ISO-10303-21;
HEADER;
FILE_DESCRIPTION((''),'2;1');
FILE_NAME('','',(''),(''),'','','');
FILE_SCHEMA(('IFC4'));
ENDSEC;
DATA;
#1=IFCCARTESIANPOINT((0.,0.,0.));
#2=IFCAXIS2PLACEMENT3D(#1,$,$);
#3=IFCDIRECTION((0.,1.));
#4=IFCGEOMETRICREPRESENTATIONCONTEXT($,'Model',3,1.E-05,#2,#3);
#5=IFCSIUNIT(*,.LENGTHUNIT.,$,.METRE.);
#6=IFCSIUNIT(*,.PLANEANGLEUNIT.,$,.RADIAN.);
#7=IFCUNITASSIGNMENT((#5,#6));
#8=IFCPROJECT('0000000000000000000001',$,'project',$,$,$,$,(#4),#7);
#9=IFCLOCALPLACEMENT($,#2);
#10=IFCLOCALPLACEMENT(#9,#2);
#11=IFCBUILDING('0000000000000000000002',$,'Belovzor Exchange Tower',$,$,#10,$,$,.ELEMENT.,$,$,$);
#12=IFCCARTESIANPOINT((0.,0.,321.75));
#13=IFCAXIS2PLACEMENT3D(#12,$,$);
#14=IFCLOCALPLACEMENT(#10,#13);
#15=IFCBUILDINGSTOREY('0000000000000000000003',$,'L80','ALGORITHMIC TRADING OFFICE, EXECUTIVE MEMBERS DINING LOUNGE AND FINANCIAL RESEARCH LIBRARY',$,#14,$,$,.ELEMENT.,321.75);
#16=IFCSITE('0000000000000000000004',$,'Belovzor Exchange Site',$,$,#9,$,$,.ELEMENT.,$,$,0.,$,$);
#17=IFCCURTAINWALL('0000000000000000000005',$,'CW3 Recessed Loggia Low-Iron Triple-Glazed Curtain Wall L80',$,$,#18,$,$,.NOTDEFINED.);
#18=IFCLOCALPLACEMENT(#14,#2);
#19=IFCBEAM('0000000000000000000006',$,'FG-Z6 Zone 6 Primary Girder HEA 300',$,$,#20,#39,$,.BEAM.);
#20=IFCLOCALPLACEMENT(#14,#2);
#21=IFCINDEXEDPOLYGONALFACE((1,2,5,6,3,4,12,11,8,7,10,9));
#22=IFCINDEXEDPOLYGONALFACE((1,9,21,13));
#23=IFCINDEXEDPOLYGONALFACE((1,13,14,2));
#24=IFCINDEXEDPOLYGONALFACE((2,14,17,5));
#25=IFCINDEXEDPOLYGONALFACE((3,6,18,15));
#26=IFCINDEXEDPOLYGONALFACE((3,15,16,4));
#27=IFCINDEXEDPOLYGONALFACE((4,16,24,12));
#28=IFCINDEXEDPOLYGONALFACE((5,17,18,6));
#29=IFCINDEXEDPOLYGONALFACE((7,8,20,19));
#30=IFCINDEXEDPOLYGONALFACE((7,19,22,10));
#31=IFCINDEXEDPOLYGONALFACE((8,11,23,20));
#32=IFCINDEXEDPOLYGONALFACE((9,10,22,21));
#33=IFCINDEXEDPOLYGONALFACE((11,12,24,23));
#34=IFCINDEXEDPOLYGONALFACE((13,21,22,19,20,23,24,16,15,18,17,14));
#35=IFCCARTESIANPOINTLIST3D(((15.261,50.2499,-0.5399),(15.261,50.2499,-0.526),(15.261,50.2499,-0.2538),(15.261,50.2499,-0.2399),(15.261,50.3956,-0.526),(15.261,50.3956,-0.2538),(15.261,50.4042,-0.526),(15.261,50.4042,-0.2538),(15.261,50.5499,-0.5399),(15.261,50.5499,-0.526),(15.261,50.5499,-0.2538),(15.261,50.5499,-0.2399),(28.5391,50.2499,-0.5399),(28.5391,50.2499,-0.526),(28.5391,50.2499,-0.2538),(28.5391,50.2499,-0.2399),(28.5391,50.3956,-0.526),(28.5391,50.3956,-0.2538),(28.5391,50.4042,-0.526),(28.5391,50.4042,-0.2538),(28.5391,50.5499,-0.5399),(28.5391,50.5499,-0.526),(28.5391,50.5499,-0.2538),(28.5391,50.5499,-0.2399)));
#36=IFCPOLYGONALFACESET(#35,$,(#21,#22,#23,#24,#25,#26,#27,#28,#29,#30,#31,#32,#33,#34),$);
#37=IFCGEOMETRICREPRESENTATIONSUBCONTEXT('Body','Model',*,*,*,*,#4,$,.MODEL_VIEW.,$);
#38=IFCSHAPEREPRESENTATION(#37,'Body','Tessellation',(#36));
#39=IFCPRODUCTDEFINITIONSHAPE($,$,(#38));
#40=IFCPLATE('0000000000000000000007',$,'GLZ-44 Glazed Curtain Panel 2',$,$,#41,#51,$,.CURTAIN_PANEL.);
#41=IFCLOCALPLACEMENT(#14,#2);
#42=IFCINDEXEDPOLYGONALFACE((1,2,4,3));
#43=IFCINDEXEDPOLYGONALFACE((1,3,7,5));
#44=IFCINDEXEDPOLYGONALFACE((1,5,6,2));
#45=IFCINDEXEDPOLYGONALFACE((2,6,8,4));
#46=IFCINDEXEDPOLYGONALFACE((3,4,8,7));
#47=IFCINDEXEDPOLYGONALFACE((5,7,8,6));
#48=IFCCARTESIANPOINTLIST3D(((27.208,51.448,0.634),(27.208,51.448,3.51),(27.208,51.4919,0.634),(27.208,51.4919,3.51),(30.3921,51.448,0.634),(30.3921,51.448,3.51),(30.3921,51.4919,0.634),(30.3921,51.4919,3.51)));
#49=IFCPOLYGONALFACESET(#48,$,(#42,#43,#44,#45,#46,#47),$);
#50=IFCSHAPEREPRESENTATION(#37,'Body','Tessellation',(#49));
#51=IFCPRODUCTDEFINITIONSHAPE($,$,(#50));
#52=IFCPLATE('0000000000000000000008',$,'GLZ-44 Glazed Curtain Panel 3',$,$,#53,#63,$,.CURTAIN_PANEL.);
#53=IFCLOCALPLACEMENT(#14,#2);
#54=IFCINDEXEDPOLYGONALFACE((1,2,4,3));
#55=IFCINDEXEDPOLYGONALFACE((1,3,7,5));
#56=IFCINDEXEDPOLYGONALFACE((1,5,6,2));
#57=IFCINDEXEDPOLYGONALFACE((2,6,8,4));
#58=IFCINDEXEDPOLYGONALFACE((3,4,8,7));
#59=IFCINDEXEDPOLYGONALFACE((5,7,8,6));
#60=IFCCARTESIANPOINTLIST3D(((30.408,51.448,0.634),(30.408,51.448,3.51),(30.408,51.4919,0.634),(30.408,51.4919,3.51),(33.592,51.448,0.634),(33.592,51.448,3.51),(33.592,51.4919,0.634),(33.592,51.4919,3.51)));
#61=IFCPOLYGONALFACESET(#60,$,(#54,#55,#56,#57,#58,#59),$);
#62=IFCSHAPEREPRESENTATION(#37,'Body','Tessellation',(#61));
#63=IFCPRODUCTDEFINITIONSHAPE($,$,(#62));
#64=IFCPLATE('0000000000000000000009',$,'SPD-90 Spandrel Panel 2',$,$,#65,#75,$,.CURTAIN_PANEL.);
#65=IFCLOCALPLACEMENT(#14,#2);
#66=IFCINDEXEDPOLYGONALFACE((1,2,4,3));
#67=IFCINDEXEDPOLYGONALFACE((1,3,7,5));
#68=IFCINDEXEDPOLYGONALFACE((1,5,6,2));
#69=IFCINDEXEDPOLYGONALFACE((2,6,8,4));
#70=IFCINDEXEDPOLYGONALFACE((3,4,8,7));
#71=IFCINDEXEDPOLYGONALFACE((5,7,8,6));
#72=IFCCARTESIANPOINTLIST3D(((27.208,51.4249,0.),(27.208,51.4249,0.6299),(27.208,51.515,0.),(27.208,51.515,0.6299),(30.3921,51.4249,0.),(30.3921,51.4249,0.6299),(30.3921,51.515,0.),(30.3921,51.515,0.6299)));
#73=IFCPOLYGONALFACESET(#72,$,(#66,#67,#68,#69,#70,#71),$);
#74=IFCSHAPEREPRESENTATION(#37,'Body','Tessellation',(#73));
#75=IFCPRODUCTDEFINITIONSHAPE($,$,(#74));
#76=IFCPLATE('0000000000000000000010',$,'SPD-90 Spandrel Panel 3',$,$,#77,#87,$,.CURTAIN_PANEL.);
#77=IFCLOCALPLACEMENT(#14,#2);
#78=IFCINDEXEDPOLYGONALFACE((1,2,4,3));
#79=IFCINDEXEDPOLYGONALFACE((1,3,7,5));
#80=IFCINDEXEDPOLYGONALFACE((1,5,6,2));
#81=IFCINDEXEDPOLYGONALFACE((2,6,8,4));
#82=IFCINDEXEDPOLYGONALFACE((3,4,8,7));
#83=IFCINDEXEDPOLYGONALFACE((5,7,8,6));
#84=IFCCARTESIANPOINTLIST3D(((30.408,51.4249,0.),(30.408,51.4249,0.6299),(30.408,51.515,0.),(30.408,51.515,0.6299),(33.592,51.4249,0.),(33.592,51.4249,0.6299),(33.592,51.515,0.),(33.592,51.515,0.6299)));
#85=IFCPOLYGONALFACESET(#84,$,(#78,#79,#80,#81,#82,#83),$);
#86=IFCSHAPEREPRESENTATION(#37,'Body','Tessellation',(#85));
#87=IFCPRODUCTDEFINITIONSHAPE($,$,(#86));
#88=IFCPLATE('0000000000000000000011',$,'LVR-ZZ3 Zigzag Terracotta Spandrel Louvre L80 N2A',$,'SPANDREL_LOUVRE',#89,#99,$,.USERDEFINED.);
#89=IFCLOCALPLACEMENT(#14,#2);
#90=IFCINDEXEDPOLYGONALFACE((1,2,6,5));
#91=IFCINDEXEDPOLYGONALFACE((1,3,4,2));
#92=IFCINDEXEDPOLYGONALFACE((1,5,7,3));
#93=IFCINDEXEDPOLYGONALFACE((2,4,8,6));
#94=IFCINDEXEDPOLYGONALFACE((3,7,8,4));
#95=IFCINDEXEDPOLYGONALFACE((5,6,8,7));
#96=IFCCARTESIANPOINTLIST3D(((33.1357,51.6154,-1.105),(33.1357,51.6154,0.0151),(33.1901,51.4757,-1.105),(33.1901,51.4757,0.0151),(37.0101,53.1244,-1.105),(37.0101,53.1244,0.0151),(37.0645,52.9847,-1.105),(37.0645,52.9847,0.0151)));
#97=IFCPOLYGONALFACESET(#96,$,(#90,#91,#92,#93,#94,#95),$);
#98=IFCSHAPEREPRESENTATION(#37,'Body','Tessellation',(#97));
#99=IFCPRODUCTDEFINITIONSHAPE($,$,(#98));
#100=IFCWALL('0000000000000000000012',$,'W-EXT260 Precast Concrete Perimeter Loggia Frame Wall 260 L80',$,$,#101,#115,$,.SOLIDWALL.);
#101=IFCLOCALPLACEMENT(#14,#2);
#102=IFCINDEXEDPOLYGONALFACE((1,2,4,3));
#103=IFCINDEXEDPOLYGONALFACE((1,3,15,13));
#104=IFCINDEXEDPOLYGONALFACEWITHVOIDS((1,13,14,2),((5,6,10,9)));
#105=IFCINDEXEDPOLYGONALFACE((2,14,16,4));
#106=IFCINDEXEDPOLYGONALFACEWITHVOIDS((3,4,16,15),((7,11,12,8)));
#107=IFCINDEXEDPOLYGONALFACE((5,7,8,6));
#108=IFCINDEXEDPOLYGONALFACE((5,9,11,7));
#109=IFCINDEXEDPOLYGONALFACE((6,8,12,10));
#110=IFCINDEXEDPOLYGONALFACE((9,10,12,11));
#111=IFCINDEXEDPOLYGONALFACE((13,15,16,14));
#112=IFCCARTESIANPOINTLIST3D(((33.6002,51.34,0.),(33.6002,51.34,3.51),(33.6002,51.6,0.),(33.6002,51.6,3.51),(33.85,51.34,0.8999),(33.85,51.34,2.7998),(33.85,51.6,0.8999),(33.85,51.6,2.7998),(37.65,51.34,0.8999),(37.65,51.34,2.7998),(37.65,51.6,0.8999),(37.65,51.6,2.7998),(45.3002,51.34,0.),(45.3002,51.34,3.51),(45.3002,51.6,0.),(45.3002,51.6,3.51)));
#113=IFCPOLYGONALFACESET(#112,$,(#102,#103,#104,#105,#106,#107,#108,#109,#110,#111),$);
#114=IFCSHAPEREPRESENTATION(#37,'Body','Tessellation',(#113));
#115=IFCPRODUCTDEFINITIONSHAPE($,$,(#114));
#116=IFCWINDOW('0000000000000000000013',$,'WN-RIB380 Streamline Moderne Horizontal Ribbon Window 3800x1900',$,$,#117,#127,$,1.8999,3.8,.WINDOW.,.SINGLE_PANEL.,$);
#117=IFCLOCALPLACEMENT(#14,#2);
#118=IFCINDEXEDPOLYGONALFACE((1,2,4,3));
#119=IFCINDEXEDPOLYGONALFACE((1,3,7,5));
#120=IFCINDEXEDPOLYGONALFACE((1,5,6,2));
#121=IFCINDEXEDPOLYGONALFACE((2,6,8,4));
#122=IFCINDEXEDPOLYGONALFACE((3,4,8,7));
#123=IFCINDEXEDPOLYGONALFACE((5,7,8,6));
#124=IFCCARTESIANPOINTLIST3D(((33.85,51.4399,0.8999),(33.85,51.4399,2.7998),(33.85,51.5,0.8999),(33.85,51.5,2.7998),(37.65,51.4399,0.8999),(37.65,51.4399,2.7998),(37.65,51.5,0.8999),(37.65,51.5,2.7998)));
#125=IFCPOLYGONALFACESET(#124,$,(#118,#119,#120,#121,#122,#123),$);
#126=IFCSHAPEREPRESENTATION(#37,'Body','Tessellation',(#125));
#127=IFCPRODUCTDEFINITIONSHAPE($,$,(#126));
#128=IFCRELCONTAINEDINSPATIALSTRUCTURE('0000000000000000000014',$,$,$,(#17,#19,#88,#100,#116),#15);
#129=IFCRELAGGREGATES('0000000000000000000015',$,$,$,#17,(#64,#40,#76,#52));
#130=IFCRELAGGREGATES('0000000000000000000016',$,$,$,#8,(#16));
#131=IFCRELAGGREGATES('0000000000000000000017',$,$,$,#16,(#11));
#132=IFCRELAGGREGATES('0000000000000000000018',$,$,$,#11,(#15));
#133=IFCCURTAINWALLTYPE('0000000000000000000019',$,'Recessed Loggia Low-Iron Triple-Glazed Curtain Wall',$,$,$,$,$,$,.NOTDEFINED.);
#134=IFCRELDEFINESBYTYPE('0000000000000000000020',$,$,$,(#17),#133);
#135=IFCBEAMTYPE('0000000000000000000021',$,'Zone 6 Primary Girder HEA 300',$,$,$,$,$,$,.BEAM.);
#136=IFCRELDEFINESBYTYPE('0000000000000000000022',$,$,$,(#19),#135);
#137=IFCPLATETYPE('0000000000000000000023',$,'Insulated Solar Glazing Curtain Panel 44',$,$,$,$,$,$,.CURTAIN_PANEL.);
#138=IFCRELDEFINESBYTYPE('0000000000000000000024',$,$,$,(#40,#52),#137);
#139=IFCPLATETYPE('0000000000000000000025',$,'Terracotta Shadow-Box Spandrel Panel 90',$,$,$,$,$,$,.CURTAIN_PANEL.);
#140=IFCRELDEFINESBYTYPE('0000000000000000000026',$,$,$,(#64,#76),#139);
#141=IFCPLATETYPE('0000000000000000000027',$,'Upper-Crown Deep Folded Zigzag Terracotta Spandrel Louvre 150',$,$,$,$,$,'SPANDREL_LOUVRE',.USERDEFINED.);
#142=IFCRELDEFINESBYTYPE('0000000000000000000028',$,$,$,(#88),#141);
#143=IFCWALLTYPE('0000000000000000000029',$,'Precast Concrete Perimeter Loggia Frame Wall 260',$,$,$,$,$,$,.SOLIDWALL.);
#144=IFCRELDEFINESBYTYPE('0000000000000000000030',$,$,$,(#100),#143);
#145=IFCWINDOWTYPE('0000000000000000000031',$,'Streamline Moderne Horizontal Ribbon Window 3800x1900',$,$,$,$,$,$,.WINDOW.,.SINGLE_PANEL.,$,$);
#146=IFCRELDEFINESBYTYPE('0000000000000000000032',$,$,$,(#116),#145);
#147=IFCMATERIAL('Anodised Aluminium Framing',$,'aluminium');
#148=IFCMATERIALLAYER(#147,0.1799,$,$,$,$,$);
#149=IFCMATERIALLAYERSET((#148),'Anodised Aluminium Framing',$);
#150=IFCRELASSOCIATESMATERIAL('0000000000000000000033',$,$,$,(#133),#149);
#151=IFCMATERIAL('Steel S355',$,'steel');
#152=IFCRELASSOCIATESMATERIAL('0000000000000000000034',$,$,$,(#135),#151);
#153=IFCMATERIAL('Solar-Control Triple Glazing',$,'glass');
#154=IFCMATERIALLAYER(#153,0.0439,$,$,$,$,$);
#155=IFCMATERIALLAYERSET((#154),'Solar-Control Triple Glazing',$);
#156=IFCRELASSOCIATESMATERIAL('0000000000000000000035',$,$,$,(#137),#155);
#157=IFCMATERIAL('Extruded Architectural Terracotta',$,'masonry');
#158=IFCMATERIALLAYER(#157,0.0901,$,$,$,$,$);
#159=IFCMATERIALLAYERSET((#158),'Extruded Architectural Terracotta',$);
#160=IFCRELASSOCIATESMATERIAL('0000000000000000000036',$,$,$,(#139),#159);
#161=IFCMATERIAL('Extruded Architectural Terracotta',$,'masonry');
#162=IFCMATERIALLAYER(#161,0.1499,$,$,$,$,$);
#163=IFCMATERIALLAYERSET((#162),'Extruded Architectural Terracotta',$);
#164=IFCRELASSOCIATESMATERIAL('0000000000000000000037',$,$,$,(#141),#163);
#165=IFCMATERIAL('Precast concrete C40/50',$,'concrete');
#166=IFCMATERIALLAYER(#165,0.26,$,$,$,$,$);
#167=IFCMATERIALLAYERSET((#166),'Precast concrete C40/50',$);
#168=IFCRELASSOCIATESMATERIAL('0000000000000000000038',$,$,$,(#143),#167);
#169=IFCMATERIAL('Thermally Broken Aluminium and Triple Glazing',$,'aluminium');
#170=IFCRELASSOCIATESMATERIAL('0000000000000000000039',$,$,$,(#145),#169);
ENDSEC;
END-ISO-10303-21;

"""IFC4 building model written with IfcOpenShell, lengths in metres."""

from ifc_helpers import new_model, si_unit, direction, frame, frame_2d, origin, origin_2d, place, context, subcontext, project, spatial, rectangle, i_section, extrude, material, layer, layer_set, material_profile, profile_set, type_object, element, fill, aggregate, save


model = new_model("IFC4")

# Units and contexts
model_context = context("Model", 3, precision=1e-05, world=origin(), true_north=direction((0.0, 1.0)))
body_context = subcontext(model_context, "Body", "Model", "MODEL_VIEW")
ifc_project = project(units=[si_unit("LENGTHUNIT", "METRE"), si_unit("PLANEANGLEUNIT", "RADIAN")], contexts=[model_context])

# Site, building, storey
site_placement = place(None, origin())
site = spatial("IfcSite", under=ifc_project, at=site_placement, Name="Belovzor Exchange Site", CompositionType="ELEMENT", RefElevation=0.0)
building_placement = place(site_placement, origin())
building = spatial("IfcBuilding", under=site, at=building_placement, Name="Belovzor Exchange Tower", CompositionType="ELEMENT")
storey_placement = place(building_placement, frame((0.0, 0.0, 321.75)))
storey = spatial("IfcBuildingStorey", under=building, at=storey_placement, Name="L80", Description="ALGORITHMIC TRADING OFFICE, EXECUTIVE MEMBERS DINING LOUNGE AND FINANCIAL RESEARCH LIBRARY", CompositionType="ELEMENT", Elevation=321.75)

# Curtain wall
ifc_material_1 = material(Name="Anodised Aluminium Framing", Category="aluminium")
ifc_layer_1 = layer(ifc_material_1, 0.1799)
ifc_layer_set_1 = layer_set([ifc_layer_1], Name="Anodised Aluminium Framing")
curtain_wall_type = type_object("IfcCurtainWallType", Name="Recessed Loggia Low-Iron Triple-Glazed Curtain Wall", PredefinedType="NOTDEFINED", material=ifc_layer_set_1)
curtain_wall_placement = place(storey_placement, origin())
curtain_wall = element("IfcCurtainWall", 1, at=curtain_wall_placement, inside=storey, type_object=curtain_wall_type, Name="CW3 Recessed Loggia Low-Iron Triple-Glazed Curtain Wall L80", PredefinedType="NOTDEFINED")

# Beam
ifc_material_2 = material(Name="Steel S355", Category="steel")
ifc_material_profile_1 = material_profile(ifc_material_2, i_section(OverallWidth=0.3, OverallDepth=0.3, WebThickness=0.0085, FlangeThickness=0.0139, at=origin_2d()))
ifc_profile_set_1 = profile_set([ifc_material_profile_1], Name="Steel S355")
beam_type_1 = type_object("IfcBeamType", Name="Zone 6 Primary Girder HEA 300", PredefinedType="BEAM", material=ifc_profile_set_1)
beam_1_placement = place(storey_placement, frame((28.5391, 50.3999, -0.3899), z_axis=(-1.0, 0.0, 0.0), x_axis=(0.0, -1.0, 0.0)))
element("IfcBeam", 2, at=beam_1_placement, inside=storey, type_object=beam_type_1, Name="FG-Z6 Zone 6 Primary Girder HEA 300", PredefinedType="BEAM", context=body_context, shape_type="SweptSolid", body=[
    extrude(i_section(OverallWidth=0.3, OverallDepth=0.3, WebThickness=0.0085, FlangeThickness=0.0139, at=origin_2d()), origin(), (0.0, 0.0, 1.0), 13.2781),
])

# Plates
ifc_material_3 = material(Name="Solar-Control Triple Glazing", Category="glass")
ifc_layer_2 = layer(ifc_material_3, 0.0439)
ifc_layer_set_2 = layer_set([ifc_layer_2], Name="Solar-Control Triple Glazing")
plate_type_1 = type_object("IfcPlateType", Name="Insulated Solar Glazing Curtain Panel 44", PredefinedType="CURTAIN_PANEL", material=ifc_layer_set_2)
plate_1_placement = place(storey_placement, frame((28.8, 51.47, 0.634), z_axis=(0.0, 0.0, 1.0), x_axis=(1.0, 0.0, 0.0)))
plate_1 = element("IfcPlate", 3, at=plate_1_placement, type_object=plate_type_1, Name="GLZ-44 Glazed Curtain Panel 2", PredefinedType="CURTAIN_PANEL", context=body_context, shape_type="SweptSolid", body=[
    extrude(rectangle(XDim=3.1841, YDim=0.0439, at=origin_2d()), origin(), (0.0, 0.0, 1.0), 2.876),
])
plate_2_placement = place(storey_placement, frame((32.0, 51.47, 0.634), z_axis=(0.0, 0.0, 1.0), x_axis=(1.0, 0.0, 0.0)))
plate_2 = element("IfcPlate", 4, at=plate_2_placement, type_object=plate_type_1, Name="GLZ-44 Glazed Curtain Panel 3", PredefinedType="CURTAIN_PANEL", context=body_context, shape_type="SweptSolid", body=[
    extrude(rectangle(XDim=3.1841, YDim=0.0439, at=origin_2d()), origin(), (0.0, 0.0, 1.0), 2.876),
])
ifc_material_4 = material(Name="Extruded Architectural Terracotta", Category="masonry")
ifc_layer_3 = layer(ifc_material_4, 0.0901)
ifc_layer_set_3 = layer_set([ifc_layer_3], Name="Extruded Architectural Terracotta")
plate_type_2 = type_object("IfcPlateType", Name="Terracotta Shadow-Box Spandrel Panel 90", PredefinedType="CURTAIN_PANEL", material=ifc_layer_set_3)
plate_3_placement = place(storey_placement, frame((28.8, 51.47, 0.0), z_axis=(0.0, 0.0, 1.0), x_axis=(1.0, 0.0, 0.0)))
plate_3 = element("IfcPlate", 5, at=plate_3_placement, type_object=plate_type_2, Name="SPD-90 Spandrel Panel 2", PredefinedType="CURTAIN_PANEL", context=body_context, shape_type="SweptSolid", body=[
    extrude(rectangle(XDim=3.1841, YDim=0.0901, at=origin_2d()), origin(), (0.0, 0.0, 1.0), 0.6299),
])
plate_4_placement = place(storey_placement, frame((32.0, 51.47, 0.0), z_axis=(0.0, 0.0, 1.0), x_axis=(1.0, 0.0, 0.0)))
plate_4 = element("IfcPlate", 6, at=plate_4_placement, type_object=plate_type_2, Name="SPD-90 Spandrel Panel 3", PredefinedType="CURTAIN_PANEL", context=body_context, shape_type="SweptSolid", body=[
    extrude(rectangle(XDim=3.1841, YDim=0.0901, at=origin_2d()), origin(), (0.0, 0.0, 1.0), 0.6299),
])
aggregate(curtain_wall, [plate_3, plate_1, plate_4, plate_2])
ifc_material_5 = material(Name="Extruded Architectural Terracotta", Category="masonry")
ifc_layer_4 = layer(ifc_material_5, 0.1499)
ifc_layer_set_4 = layer_set([ifc_layer_4], Name="Extruded Architectural Terracotta")
plate_type_3 = type_object("IfcPlateType", Name="Upper-Crown Deep Folded Zigzag Terracotta Spandrel Louvre 150", ElementType="SPANDREL_LOUVRE", PredefinedType="USERDEFINED", material=ifc_layer_set_4)
plate_5_placement = place(storey_placement, frame((35.1001, 52.3, -1.105), z_axis=(0.0, 0.0, 1.0), x_axis=(0.931818, 0.362926, 0.0)))
element("IfcPlate", 7, at=plate_5_placement, inside=storey, type_object=plate_type_3, Name="LVR-ZZ3 Zigzag Terracotta Spandrel Louvre L80 N2A", ObjectType="SPANDREL_LOUVRE", PredefinedType="USERDEFINED", context=body_context, shape_type="SweptSolid", body=[
    extrude(rectangle(XDim=4.158, YDim=0.1499, at=origin_2d()), origin(), (0.0, 0.0, 1.0), 1.1201),
])

# Wall, opening, window
ifc_material_6 = material(Name="Precast concrete C40/50", Category="concrete")
ifc_layer_5 = layer(ifc_material_6, 0.26)
ifc_layer_set_5 = layer_set([ifc_layer_5], Name="Precast concrete C40/50")
wall_type = type_object("IfcWallType", Name="Precast Concrete Perimeter Loggia Frame Wall 260", PredefinedType="SOLIDWALL", material=ifc_layer_set_5)
wall_placement = place(storey_placement, frame((33.6001, 51.47, 0.0), z_axis=(0.0, 0.0, 1.0), x_axis=(1.0, 0.0, 0.0)))
wall = element("IfcWall", 8, at=wall_placement, inside=storey, type_object=wall_type, Name="W-EXT260 Precast Concrete Perimeter Loggia Frame Wall 260 L80", PredefinedType="SOLIDWALL", context=body_context, shape_type="SweptSolid", body=[
    extrude(rectangle(XDim=11.7, YDim=0.26, at=frame_2d((5.8501, 0.0))), origin(), (0.0, 0.0, 1.0), 3.51),
])
opening_placement = place(wall_placement, frame((0.25, 0.0, 0.8999)))
opening = element("IfcOpeningElement", 9, at=opening_placement, cuts=wall, PredefinedType="OPENING", context=body_context, shape_type="SweptSolid", body=[
    extrude(rectangle(XDim=3.8, YDim=1.8999, at=frame_2d((1.8999, 0.95))), frame((0.0, 0.1399, 0.0), z_axis=(0.0, -1.0, 0.0), x_axis=(1.0, 0.0, 0.0)), (0.0, 0.0, 1.0), 0.28),
])
ifc_material_7 = material(Name="Thermally Broken Aluminium and Triple Glazing", Category="aluminium")
window_type = type_object("IfcWindowType", Name="Streamline Moderne Horizontal Ribbon Window 3800x1900", PartitioningType="SINGLE_PANEL", PredefinedType="WINDOW", material=ifc_material_7)
window_placement = place(opening_placement, origin())
window = element("IfcWindow", 10, at=window_placement, inside=storey, type_object=window_type, Name="WN-RIB380 Streamline Moderne Horizontal Ribbon Window 3800x1900", OverallHeight=1.8999, OverallWidth=3.8, PartitioningType="SINGLE_PANEL", PredefinedType="WINDOW", context=body_context, shape_type="SweptSolid", body=[
    extrude(rectangle(XDim=3.8, YDim=1.8999, at=frame_2d((1.8999, 0.95))), frame((0.0, 0.03, 0.0), z_axis=(0.0, -1.0, 0.0), x_axis=(1.0, 0.0, 0.0)), (0.0, 0.0, 1.0), 0.0601),
])
fill(opening, window)

save(model, "model.ifc")
